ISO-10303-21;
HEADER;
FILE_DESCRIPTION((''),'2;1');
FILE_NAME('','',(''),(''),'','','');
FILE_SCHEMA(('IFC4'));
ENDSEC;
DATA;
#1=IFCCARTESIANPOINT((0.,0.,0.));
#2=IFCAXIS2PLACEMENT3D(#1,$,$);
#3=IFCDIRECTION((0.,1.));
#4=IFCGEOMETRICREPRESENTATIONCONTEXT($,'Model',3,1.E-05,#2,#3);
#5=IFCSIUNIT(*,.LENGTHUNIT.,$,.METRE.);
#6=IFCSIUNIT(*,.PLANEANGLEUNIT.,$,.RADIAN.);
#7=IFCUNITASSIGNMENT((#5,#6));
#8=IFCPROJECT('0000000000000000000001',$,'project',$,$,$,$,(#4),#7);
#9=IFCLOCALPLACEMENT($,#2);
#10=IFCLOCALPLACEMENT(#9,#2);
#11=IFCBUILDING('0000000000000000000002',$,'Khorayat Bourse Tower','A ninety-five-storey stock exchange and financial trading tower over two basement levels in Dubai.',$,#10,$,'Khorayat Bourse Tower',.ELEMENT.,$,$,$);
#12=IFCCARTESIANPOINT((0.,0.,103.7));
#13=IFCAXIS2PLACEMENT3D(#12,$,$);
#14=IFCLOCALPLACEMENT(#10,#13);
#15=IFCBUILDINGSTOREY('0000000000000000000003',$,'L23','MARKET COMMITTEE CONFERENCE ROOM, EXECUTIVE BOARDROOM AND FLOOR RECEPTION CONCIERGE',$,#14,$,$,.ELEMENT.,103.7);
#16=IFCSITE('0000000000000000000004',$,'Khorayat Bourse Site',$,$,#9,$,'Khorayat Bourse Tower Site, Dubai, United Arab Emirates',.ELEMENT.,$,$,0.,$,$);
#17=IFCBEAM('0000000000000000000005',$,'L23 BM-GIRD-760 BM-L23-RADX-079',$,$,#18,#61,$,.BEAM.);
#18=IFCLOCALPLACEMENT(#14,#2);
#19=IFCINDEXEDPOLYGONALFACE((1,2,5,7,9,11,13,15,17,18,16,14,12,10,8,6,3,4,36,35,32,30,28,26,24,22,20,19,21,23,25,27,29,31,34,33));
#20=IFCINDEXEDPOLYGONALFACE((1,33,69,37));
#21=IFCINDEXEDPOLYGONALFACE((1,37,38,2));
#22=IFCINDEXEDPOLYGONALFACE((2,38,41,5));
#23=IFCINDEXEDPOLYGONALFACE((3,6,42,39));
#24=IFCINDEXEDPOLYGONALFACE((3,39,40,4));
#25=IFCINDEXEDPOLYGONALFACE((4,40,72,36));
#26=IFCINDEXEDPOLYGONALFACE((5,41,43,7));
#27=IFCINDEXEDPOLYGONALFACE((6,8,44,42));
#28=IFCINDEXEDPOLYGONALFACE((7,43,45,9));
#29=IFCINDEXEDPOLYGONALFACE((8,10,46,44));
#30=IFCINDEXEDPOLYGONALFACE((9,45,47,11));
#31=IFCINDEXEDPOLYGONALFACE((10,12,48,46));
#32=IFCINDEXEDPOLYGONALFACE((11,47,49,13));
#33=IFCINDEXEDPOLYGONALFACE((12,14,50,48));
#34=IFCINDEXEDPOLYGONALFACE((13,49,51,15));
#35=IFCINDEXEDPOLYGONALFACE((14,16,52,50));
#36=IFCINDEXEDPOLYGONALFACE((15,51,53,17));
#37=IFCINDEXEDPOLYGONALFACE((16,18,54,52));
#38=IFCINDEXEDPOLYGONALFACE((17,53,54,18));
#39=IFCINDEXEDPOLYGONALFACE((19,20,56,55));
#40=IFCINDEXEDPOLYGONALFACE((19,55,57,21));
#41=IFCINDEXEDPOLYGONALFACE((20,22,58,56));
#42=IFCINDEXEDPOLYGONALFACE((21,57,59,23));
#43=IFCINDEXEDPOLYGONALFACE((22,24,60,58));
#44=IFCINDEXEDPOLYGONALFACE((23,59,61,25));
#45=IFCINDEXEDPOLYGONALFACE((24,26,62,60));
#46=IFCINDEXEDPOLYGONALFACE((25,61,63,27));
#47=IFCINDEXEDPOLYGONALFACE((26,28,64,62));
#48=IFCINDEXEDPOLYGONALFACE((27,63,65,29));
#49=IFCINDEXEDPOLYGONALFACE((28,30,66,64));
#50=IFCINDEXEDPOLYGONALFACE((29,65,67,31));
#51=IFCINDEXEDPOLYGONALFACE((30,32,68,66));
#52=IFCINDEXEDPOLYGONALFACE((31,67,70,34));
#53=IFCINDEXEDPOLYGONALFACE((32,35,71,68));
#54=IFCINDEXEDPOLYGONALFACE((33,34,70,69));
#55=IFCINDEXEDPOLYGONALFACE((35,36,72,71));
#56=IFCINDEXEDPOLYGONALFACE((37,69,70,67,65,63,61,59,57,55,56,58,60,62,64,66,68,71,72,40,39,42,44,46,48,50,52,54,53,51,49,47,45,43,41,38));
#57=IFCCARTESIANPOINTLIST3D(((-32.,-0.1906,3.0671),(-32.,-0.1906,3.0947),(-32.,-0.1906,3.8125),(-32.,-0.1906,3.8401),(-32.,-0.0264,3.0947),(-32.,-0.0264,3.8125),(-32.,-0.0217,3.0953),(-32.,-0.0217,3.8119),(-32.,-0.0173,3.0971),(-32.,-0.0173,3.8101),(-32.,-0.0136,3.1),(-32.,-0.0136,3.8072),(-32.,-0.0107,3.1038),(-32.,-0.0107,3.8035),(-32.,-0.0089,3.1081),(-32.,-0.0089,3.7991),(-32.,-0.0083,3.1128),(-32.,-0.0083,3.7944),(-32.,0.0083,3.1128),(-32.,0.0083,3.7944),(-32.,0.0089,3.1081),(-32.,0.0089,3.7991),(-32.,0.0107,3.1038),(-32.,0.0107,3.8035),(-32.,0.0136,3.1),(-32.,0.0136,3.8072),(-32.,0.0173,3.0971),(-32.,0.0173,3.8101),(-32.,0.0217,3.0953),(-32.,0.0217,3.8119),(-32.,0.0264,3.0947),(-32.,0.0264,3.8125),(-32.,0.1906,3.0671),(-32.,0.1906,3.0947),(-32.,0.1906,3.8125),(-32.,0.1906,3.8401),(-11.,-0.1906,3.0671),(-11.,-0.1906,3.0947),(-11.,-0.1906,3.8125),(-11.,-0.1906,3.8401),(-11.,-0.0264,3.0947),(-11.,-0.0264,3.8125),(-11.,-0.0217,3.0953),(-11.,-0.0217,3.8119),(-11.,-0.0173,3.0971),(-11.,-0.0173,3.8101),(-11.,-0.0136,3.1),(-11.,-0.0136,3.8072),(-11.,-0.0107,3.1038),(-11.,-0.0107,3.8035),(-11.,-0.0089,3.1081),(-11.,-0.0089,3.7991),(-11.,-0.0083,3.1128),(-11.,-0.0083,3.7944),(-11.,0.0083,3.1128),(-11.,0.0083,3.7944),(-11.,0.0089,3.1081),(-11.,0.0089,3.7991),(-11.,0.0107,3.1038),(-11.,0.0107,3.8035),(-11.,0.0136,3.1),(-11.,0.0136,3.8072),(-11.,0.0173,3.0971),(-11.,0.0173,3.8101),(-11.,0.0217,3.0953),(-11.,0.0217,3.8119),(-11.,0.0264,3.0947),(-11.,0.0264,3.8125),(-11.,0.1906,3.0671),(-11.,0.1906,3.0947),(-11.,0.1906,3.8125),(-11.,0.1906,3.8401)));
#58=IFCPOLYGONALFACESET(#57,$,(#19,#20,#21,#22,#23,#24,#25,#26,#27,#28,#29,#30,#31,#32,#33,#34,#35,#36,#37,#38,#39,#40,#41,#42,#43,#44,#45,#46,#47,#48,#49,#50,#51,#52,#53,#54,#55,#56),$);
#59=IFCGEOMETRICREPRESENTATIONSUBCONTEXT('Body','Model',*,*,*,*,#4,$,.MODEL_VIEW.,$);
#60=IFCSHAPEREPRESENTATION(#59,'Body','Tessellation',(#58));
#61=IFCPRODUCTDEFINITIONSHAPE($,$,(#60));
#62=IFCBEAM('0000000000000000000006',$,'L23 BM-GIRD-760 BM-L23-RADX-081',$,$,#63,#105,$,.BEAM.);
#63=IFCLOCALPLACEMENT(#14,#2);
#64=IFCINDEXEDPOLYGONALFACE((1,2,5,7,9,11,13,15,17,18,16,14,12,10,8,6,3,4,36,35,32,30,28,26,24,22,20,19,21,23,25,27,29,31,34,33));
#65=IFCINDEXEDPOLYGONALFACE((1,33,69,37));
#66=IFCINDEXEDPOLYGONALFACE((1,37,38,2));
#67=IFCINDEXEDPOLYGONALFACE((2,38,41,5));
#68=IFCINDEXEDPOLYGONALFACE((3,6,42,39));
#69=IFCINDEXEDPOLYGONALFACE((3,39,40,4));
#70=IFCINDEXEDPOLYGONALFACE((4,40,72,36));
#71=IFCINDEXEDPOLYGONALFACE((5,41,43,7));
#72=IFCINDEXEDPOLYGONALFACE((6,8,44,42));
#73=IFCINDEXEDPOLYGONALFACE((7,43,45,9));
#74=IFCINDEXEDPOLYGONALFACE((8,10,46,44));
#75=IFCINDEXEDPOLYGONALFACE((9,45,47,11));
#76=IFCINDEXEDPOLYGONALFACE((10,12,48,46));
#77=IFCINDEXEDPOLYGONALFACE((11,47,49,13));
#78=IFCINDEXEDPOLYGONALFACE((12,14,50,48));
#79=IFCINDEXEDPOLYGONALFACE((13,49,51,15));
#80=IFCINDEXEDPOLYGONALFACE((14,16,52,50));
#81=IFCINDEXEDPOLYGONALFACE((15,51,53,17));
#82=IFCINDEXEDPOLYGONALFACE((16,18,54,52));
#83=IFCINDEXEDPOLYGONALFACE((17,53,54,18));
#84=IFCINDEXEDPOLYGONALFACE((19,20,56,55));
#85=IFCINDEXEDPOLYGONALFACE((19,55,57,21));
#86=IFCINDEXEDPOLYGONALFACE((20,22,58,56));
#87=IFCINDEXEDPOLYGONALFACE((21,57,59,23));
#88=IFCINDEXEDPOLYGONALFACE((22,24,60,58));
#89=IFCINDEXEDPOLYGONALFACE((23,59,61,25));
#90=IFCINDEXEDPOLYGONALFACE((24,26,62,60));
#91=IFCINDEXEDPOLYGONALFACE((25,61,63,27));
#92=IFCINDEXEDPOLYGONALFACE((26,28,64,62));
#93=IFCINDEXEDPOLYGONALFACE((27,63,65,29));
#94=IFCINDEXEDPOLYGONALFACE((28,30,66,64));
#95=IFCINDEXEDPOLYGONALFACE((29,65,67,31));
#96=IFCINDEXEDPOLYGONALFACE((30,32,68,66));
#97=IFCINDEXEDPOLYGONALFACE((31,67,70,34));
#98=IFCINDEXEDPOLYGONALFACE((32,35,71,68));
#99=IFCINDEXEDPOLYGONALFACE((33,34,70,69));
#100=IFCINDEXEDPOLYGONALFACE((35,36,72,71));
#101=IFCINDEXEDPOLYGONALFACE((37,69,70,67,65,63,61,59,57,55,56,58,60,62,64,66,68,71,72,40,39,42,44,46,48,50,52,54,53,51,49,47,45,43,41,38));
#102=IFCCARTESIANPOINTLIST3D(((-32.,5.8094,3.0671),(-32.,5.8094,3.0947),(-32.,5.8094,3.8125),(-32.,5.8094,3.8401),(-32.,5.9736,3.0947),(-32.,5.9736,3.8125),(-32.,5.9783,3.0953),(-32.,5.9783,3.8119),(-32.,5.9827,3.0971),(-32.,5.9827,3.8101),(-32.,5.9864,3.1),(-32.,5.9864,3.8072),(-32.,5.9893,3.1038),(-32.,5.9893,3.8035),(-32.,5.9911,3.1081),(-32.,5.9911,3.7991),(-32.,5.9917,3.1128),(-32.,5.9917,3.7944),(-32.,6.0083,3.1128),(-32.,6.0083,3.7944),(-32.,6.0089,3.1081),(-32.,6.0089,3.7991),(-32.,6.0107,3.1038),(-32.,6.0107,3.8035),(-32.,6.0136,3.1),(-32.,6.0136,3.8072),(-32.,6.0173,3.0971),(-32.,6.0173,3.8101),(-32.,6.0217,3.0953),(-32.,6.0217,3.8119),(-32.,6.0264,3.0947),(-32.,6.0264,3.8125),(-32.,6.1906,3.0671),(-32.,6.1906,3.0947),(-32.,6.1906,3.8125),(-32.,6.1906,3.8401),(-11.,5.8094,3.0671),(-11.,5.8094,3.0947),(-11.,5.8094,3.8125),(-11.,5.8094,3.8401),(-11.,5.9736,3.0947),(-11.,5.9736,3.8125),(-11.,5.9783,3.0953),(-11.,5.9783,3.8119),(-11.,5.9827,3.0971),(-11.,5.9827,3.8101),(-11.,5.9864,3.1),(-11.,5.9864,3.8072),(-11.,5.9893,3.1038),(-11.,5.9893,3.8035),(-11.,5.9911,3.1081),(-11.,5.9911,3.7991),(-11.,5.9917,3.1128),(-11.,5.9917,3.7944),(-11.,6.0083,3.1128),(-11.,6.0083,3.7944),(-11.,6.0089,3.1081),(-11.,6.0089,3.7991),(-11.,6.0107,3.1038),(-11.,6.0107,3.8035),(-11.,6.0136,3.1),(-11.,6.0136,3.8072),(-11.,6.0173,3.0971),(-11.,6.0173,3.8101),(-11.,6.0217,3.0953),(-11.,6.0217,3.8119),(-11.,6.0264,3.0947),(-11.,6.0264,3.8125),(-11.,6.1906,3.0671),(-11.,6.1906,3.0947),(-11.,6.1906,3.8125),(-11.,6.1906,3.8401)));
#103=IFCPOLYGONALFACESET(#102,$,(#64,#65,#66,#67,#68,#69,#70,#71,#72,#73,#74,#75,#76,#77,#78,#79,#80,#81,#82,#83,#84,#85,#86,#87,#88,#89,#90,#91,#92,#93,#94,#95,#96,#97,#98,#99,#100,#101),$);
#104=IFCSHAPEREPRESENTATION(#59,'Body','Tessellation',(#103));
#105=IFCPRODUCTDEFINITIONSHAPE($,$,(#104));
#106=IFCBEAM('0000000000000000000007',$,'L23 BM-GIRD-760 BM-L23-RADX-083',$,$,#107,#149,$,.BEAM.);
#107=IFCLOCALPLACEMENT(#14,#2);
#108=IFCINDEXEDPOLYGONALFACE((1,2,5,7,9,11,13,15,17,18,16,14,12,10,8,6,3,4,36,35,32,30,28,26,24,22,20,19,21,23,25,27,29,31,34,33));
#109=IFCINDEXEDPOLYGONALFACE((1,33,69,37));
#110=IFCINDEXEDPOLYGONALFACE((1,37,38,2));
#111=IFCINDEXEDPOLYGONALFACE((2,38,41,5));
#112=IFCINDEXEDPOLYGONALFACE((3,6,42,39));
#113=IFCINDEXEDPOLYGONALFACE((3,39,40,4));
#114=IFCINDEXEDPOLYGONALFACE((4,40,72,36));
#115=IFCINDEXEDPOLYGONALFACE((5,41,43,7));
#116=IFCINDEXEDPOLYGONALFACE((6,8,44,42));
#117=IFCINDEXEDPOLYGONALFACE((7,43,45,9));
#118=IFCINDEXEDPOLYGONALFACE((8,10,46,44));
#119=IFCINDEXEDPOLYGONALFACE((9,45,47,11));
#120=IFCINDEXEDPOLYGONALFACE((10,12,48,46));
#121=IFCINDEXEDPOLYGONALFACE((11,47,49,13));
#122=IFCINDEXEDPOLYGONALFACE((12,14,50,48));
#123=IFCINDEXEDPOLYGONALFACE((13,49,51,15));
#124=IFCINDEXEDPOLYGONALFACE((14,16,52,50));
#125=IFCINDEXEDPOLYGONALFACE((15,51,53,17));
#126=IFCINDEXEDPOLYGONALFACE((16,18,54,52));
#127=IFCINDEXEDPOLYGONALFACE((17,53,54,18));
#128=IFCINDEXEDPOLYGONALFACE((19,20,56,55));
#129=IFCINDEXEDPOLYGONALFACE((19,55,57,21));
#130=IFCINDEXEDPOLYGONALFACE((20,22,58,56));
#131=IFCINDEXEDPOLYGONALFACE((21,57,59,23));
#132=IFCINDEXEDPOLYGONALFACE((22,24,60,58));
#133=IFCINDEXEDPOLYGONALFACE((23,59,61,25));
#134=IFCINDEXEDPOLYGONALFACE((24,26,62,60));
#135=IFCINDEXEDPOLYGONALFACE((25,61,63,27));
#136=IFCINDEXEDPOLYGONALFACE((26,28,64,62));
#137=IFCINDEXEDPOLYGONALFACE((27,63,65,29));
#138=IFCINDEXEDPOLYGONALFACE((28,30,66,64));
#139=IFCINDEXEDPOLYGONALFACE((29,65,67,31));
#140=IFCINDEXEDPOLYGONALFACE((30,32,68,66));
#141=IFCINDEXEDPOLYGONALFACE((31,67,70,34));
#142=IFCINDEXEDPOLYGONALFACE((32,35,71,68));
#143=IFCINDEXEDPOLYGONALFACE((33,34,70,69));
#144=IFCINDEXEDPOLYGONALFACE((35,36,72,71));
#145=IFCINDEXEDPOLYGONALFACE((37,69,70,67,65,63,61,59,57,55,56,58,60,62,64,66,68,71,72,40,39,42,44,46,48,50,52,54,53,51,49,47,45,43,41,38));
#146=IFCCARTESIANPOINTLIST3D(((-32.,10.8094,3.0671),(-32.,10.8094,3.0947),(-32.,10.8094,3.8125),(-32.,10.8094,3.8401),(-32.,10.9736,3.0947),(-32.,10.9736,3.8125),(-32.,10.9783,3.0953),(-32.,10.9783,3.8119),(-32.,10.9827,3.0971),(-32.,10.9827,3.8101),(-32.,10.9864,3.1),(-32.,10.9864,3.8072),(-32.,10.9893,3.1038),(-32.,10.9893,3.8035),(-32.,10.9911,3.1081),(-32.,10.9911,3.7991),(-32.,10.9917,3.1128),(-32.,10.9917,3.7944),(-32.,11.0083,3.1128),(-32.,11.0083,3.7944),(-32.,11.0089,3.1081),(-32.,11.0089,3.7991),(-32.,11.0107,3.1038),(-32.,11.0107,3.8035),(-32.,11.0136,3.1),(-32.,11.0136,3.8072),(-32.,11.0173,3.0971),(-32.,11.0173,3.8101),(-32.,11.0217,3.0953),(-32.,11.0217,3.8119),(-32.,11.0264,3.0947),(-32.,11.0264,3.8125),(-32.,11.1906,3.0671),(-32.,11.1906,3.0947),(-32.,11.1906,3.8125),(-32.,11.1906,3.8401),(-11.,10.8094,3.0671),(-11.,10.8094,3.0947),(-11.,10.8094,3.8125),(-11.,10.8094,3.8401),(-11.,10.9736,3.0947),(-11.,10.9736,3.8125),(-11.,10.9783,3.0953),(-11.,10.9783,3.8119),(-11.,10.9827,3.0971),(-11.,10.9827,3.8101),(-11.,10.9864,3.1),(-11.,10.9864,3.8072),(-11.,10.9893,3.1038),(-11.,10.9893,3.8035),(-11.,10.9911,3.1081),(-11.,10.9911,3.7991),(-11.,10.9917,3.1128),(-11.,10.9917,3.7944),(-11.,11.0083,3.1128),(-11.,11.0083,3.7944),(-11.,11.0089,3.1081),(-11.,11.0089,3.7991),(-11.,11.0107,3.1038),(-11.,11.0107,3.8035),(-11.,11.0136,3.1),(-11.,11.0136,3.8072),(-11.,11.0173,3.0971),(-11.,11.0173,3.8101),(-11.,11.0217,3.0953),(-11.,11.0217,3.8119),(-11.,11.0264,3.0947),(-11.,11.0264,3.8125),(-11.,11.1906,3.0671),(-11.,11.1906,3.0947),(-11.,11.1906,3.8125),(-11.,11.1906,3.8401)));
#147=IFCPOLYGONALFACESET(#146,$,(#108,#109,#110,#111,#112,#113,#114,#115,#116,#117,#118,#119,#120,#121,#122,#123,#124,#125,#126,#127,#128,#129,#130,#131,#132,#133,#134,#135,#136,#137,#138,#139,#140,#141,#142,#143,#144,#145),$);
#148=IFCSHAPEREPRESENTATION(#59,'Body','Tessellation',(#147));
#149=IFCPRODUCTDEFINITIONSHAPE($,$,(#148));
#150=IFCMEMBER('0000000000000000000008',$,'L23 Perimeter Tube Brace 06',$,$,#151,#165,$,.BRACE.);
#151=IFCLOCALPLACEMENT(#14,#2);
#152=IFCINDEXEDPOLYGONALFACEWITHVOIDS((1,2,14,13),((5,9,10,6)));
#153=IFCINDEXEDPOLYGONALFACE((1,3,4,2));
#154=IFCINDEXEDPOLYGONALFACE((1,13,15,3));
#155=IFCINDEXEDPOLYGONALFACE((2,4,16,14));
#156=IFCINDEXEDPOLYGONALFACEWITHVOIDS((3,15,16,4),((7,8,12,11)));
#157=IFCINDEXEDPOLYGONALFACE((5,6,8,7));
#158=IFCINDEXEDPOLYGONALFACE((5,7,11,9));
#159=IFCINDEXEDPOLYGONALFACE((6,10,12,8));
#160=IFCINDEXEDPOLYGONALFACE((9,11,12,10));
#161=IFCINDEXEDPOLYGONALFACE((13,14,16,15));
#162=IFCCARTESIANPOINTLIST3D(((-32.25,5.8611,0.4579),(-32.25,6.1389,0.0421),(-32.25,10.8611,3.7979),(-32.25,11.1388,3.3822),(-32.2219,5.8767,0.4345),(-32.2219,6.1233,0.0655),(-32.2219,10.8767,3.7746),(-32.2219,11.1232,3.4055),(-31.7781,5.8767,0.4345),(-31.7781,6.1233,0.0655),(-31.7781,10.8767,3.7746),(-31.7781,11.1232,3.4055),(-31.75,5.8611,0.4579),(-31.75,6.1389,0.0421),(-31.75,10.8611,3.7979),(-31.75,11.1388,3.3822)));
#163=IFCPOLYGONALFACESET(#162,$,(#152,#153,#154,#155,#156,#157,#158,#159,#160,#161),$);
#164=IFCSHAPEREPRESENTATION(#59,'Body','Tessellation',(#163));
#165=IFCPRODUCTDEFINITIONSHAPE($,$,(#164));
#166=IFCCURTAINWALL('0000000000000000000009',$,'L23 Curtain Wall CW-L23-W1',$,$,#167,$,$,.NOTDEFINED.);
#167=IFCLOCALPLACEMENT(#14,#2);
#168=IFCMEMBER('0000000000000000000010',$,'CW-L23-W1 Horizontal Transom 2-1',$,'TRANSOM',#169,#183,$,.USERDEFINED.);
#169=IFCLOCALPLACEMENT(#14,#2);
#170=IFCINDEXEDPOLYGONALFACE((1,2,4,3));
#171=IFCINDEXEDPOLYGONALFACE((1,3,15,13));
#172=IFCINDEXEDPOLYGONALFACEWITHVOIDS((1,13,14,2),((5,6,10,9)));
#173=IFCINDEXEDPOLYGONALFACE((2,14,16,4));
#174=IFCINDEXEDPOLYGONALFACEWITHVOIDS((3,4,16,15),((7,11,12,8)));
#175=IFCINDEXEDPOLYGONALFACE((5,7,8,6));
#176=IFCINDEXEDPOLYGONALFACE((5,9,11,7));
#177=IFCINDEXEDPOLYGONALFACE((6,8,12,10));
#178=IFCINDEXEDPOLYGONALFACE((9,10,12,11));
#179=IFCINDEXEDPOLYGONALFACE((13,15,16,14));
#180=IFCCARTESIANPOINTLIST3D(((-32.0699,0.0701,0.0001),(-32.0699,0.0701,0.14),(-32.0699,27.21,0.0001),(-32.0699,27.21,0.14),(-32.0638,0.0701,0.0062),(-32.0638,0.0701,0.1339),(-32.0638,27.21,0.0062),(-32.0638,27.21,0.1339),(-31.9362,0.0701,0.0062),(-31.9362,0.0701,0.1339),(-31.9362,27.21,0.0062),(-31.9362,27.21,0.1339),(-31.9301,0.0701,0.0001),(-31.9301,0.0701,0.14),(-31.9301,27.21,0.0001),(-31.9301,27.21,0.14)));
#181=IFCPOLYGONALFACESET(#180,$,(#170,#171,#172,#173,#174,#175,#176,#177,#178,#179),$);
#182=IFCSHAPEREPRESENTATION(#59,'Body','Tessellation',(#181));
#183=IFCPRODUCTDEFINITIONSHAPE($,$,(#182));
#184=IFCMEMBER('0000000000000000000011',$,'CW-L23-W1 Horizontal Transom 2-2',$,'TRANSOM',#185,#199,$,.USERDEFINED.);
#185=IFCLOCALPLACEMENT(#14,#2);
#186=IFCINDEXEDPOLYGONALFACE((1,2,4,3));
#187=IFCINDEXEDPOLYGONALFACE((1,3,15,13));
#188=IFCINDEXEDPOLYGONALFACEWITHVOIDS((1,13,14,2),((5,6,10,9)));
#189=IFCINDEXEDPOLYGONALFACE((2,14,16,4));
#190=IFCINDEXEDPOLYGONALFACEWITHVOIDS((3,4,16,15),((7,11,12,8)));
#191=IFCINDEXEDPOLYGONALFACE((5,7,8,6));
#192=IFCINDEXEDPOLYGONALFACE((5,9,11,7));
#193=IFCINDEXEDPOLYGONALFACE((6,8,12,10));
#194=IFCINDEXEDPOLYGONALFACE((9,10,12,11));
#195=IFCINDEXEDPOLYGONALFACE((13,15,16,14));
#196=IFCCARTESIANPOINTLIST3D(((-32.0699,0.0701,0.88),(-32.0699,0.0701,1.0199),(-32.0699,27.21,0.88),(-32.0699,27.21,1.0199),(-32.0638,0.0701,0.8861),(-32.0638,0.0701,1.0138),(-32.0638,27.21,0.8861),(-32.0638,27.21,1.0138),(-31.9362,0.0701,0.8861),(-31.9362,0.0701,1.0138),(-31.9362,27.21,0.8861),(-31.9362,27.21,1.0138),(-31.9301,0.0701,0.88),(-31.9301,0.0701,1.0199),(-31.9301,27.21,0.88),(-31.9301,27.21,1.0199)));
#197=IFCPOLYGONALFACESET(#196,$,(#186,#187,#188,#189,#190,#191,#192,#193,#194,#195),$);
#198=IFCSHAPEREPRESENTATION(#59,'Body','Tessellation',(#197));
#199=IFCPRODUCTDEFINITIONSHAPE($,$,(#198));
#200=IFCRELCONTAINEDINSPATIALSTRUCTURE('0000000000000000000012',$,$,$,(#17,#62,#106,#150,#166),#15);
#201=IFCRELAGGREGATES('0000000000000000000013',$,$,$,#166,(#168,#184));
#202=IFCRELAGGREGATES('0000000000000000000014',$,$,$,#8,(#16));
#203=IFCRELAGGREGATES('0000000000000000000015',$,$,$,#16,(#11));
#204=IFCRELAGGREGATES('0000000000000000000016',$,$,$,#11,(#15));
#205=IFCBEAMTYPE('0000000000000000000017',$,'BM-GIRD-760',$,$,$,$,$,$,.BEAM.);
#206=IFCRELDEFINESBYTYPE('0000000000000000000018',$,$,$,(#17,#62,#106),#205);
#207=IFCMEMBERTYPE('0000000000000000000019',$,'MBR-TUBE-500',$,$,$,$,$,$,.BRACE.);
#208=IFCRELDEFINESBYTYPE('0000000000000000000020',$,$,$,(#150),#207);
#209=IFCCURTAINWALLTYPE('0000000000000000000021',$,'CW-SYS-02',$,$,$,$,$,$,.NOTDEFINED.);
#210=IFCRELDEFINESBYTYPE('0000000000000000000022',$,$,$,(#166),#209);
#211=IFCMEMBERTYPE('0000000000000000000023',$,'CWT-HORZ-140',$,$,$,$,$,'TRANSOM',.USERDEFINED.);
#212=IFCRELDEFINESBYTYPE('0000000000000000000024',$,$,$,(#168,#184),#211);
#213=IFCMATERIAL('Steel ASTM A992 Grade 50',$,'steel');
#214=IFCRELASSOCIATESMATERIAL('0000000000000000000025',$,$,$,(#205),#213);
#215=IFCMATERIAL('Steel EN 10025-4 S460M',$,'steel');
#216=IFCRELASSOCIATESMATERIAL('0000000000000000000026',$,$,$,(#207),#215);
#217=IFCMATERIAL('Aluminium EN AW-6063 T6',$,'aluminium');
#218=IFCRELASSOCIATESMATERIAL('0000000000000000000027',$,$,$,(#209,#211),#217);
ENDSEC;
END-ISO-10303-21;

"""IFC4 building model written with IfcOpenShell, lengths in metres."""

from ifc_helpers import new_model, si_unit, direction, frame, origin, origin_2d, place, context, subcontext, project, spatial, hollow_rectangle, i_section, extrude, source, transform, mapped, material, material_profile, profile_set, type_object, element, aggregate, save


model = new_model("IFC4")

# Units and contexts
model_context = context("Model", 3, precision=1e-05, world=origin(), true_north=direction((0.0, 1.0)))
body_context = subcontext(model_context, "Body", "Model", "MODEL_VIEW")
ifc_project = project(units=[si_unit("LENGTHUNIT", "METRE"), si_unit("PLANEANGLEUNIT", "RADIAN")], contexts=[model_context])

# Site, building, storey
site_placement = place(None, origin())
site = spatial("IfcSite", under=ifc_project, at=site_placement, Name="Khorayat Bourse Site", LongName="Khorayat Bourse Tower Site, Dubai, United Arab Emirates", CompositionType="ELEMENT", RefElevation=0.0)
building_placement = place(site_placement, origin())
building = spatial("IfcBuilding", under=site, at=building_placement, Name="Khorayat Bourse Tower", Description="A ninety-five-storey stock exchange and financial trading tower over two basement levels in Dubai.", LongName="Khorayat Bourse Tower", CompositionType="ELEMENT")
storey_placement = place(building_placement, frame((0.0, 0.0, 103.7)))
storey = spatial("IfcBuildingStorey", under=building, at=storey_placement, Name="L23", Description="MARKET COMMITTEE CONFERENCE ROOM, EXECUTIVE BOARDROOM AND FLOOR RECEPTION CONCIERGE", CompositionType="ELEMENT", Elevation=103.7)

# Shared definitions
ifc_material_1 = material(Name="Steel EN 10025-4 S460M", Category="steel")

# Beams
ifc_material_2 = material(Name="Steel ASTM A992 Grade 50", Category="steel")
ifc_material_profile_1 = material_profile(ifc_material_2, i_section(OverallWidth=0.3811, OverallDepth=0.7729, WebThickness=0.0166, FlangeThickness=0.0276, FilletRadius=0.0181, at=origin_2d()), Name="W760X257")
ifc_profile_set_1 = profile_set([ifc_material_profile_1], Name="Steel ASTM A992 Grade 50")
beam_type_1 = type_object("IfcBeamType", Name="BM-GIRD-760", PredefinedType="BEAM", material=ifc_profile_set_1)
shared_shape_1 = source(origin(), body_context, "Body", "SweptSolid", [
    extrude(i_section(OverallWidth=0.3811, OverallDepth=0.7729, WebThickness=0.0166, FlangeThickness=0.0276, FilletRadius=0.0181, at=origin_2d()), origin(), (0.0, 0.0, 1.0), 21.0),
])
for number, where, z_axis, x_axis, name in (
    (1, (-32.0, 0.0, 3.4536), (1.0, 0.0, 0.0), (0.0, 1.0, 0.0), "L23 BM-GIRD-760 BM-L23-RADX-079"),
    (2, (-32.0, 6.0, 3.4536), (1.0, 0.0, 0.0), (0.0, 1.0, 0.0), "L23 BM-GIRD-760 BM-L23-RADX-081"),
    (3, (-32.0, 11.0, 3.4536), (1.0, 0.0, 0.0), (0.0, 1.0, 0.0), "L23 BM-GIRD-760 BM-L23-RADX-083"),
):
    element("IfcBeam", number, at=place(storey_placement, frame(where, z_axis=z_axis, x_axis=x_axis)), inside=storey, type_object=beam_type_1, Name=name, PredefinedType="BEAM", context=body_context, shape_type="MappedRepresentation", body=[
        mapped(shared_shape_1, transform((0.0, 0.0, 0.0), scale=1.0)),
    ])

# Member
ifc_material_profile_2 = material_profile(ifc_material_1, hollow_rectangle(XDim=0.5, YDim=0.5, WallThickness=0.0281, at=origin_2d()), Name="HSS 500x500x28")
ifc_profile_set_2 = profile_set([ifc_material_profile_2], Name="Steel EN 10025-4 S460M")
member_type_1 = type_object("IfcMemberType", Name="MBR-TUBE-500", PredefinedType="BRACE", material=ifc_profile_set_2)
shared_shape_2 = source(origin(), body_context, "Body", "SweptSolid", [
    extrude(hollow_rectangle(XDim=0.5, YDim=0.5, WallThickness=0.0281, at=origin_2d()), origin(), (0.0, 0.0, 1.0), 6.0129),
])
member_1_placement = place(storey_placement, frame((-32.0, 6.0, 0.25), z_axis=(0.0, 0.831531, 0.555478), x_axis=(-1.0, 0.0, 0.0)))
element("IfcMember", 4, at=member_1_placement, inside=storey, type_object=member_type_1, Name="L23 Perimeter Tube Brace 06", PredefinedType="BRACE", context=body_context, shape_type="MappedRepresentation", body=[
    mapped(shared_shape_2, transform((0.0, 0.0, 0.0), scale=1.0)),
])

# Curtain wall, members
ifc_material_3 = material(Name="Aluminium EN AW-6063 T6", Category="aluminium")
curtain_wall_type = type_object("IfcCurtainWallType", Name="CW-SYS-02", PredefinedType="NOTDEFINED", material=ifc_material_3)
curtain_wall_placement = place(storey_placement, origin())
curtain_wall = element("IfcCurtainWall", 5, at=curtain_wall_placement, inside=storey, type_object=curtain_wall_type, Name="L23 Curtain Wall CW-L23-W1", PredefinedType="NOTDEFINED")
ifc_material_profile_3 = material_profile(ifc_material_3, hollow_rectangle(XDim=0.1399, YDim=0.1399, WallThickness=0.0061, at=origin_2d()), Name="ALU 140x140x6")
ifc_profile_set_3 = profile_set([ifc_material_profile_3], Name="Aluminium EN AW-6063 T6")
member_type_2 = type_object("IfcMemberType", Name="CWT-HORZ-140", ElementType="TRANSOM", PredefinedType="USERDEFINED", material=ifc_profile_set_3)
shared_shape_3 = source(origin(), body_context, "Body", "SweptSolid", [
    extrude(hollow_rectangle(XDim=0.1399, YDim=0.1399, WallThickness=0.0061, at=origin_2d()), origin(), (0.0, 0.0, 1.0), 27.1399),
])
member_2_placement = place(storey_placement, frame((-32.0, 0.0701, 0.0701), z_axis=(0.0, 1.0, 0.0), x_axis=(-1.0, 0.0, 0.0)))
member_2 = element("IfcMember", 6, at=member_2_placement, type_object=member_type_2, Name="CW-L23-W1 Horizontal Transom 2-1", ObjectType="TRANSOM", PredefinedType="USERDEFINED", context=body_context, shape_type="MappedRepresentation", body=[
    mapped(shared_shape_3, transform((0.0, 0.0, 0.0), scale=1.0)),
])
member_3_placement = place(storey_placement, frame((-32.0, 0.0701, 0.95), z_axis=(0.0, 1.0, 0.0), x_axis=(-1.0, 0.0, 0.0)))
member_3 = element("IfcMember", 7, at=member_3_placement, type_object=member_type_2, Name="CW-L23-W1 Horizontal Transom 2-2", ObjectType="TRANSOM", PredefinedType="USERDEFINED", context=body_context, shape_type="MappedRepresentation", body=[
    mapped(shared_shape_3, transform((0.0, 0.0, 0.0), scale=1.0)),
])
aggregate(curtain_wall, [member_2, member_3])

save(model, "model.ifc")
